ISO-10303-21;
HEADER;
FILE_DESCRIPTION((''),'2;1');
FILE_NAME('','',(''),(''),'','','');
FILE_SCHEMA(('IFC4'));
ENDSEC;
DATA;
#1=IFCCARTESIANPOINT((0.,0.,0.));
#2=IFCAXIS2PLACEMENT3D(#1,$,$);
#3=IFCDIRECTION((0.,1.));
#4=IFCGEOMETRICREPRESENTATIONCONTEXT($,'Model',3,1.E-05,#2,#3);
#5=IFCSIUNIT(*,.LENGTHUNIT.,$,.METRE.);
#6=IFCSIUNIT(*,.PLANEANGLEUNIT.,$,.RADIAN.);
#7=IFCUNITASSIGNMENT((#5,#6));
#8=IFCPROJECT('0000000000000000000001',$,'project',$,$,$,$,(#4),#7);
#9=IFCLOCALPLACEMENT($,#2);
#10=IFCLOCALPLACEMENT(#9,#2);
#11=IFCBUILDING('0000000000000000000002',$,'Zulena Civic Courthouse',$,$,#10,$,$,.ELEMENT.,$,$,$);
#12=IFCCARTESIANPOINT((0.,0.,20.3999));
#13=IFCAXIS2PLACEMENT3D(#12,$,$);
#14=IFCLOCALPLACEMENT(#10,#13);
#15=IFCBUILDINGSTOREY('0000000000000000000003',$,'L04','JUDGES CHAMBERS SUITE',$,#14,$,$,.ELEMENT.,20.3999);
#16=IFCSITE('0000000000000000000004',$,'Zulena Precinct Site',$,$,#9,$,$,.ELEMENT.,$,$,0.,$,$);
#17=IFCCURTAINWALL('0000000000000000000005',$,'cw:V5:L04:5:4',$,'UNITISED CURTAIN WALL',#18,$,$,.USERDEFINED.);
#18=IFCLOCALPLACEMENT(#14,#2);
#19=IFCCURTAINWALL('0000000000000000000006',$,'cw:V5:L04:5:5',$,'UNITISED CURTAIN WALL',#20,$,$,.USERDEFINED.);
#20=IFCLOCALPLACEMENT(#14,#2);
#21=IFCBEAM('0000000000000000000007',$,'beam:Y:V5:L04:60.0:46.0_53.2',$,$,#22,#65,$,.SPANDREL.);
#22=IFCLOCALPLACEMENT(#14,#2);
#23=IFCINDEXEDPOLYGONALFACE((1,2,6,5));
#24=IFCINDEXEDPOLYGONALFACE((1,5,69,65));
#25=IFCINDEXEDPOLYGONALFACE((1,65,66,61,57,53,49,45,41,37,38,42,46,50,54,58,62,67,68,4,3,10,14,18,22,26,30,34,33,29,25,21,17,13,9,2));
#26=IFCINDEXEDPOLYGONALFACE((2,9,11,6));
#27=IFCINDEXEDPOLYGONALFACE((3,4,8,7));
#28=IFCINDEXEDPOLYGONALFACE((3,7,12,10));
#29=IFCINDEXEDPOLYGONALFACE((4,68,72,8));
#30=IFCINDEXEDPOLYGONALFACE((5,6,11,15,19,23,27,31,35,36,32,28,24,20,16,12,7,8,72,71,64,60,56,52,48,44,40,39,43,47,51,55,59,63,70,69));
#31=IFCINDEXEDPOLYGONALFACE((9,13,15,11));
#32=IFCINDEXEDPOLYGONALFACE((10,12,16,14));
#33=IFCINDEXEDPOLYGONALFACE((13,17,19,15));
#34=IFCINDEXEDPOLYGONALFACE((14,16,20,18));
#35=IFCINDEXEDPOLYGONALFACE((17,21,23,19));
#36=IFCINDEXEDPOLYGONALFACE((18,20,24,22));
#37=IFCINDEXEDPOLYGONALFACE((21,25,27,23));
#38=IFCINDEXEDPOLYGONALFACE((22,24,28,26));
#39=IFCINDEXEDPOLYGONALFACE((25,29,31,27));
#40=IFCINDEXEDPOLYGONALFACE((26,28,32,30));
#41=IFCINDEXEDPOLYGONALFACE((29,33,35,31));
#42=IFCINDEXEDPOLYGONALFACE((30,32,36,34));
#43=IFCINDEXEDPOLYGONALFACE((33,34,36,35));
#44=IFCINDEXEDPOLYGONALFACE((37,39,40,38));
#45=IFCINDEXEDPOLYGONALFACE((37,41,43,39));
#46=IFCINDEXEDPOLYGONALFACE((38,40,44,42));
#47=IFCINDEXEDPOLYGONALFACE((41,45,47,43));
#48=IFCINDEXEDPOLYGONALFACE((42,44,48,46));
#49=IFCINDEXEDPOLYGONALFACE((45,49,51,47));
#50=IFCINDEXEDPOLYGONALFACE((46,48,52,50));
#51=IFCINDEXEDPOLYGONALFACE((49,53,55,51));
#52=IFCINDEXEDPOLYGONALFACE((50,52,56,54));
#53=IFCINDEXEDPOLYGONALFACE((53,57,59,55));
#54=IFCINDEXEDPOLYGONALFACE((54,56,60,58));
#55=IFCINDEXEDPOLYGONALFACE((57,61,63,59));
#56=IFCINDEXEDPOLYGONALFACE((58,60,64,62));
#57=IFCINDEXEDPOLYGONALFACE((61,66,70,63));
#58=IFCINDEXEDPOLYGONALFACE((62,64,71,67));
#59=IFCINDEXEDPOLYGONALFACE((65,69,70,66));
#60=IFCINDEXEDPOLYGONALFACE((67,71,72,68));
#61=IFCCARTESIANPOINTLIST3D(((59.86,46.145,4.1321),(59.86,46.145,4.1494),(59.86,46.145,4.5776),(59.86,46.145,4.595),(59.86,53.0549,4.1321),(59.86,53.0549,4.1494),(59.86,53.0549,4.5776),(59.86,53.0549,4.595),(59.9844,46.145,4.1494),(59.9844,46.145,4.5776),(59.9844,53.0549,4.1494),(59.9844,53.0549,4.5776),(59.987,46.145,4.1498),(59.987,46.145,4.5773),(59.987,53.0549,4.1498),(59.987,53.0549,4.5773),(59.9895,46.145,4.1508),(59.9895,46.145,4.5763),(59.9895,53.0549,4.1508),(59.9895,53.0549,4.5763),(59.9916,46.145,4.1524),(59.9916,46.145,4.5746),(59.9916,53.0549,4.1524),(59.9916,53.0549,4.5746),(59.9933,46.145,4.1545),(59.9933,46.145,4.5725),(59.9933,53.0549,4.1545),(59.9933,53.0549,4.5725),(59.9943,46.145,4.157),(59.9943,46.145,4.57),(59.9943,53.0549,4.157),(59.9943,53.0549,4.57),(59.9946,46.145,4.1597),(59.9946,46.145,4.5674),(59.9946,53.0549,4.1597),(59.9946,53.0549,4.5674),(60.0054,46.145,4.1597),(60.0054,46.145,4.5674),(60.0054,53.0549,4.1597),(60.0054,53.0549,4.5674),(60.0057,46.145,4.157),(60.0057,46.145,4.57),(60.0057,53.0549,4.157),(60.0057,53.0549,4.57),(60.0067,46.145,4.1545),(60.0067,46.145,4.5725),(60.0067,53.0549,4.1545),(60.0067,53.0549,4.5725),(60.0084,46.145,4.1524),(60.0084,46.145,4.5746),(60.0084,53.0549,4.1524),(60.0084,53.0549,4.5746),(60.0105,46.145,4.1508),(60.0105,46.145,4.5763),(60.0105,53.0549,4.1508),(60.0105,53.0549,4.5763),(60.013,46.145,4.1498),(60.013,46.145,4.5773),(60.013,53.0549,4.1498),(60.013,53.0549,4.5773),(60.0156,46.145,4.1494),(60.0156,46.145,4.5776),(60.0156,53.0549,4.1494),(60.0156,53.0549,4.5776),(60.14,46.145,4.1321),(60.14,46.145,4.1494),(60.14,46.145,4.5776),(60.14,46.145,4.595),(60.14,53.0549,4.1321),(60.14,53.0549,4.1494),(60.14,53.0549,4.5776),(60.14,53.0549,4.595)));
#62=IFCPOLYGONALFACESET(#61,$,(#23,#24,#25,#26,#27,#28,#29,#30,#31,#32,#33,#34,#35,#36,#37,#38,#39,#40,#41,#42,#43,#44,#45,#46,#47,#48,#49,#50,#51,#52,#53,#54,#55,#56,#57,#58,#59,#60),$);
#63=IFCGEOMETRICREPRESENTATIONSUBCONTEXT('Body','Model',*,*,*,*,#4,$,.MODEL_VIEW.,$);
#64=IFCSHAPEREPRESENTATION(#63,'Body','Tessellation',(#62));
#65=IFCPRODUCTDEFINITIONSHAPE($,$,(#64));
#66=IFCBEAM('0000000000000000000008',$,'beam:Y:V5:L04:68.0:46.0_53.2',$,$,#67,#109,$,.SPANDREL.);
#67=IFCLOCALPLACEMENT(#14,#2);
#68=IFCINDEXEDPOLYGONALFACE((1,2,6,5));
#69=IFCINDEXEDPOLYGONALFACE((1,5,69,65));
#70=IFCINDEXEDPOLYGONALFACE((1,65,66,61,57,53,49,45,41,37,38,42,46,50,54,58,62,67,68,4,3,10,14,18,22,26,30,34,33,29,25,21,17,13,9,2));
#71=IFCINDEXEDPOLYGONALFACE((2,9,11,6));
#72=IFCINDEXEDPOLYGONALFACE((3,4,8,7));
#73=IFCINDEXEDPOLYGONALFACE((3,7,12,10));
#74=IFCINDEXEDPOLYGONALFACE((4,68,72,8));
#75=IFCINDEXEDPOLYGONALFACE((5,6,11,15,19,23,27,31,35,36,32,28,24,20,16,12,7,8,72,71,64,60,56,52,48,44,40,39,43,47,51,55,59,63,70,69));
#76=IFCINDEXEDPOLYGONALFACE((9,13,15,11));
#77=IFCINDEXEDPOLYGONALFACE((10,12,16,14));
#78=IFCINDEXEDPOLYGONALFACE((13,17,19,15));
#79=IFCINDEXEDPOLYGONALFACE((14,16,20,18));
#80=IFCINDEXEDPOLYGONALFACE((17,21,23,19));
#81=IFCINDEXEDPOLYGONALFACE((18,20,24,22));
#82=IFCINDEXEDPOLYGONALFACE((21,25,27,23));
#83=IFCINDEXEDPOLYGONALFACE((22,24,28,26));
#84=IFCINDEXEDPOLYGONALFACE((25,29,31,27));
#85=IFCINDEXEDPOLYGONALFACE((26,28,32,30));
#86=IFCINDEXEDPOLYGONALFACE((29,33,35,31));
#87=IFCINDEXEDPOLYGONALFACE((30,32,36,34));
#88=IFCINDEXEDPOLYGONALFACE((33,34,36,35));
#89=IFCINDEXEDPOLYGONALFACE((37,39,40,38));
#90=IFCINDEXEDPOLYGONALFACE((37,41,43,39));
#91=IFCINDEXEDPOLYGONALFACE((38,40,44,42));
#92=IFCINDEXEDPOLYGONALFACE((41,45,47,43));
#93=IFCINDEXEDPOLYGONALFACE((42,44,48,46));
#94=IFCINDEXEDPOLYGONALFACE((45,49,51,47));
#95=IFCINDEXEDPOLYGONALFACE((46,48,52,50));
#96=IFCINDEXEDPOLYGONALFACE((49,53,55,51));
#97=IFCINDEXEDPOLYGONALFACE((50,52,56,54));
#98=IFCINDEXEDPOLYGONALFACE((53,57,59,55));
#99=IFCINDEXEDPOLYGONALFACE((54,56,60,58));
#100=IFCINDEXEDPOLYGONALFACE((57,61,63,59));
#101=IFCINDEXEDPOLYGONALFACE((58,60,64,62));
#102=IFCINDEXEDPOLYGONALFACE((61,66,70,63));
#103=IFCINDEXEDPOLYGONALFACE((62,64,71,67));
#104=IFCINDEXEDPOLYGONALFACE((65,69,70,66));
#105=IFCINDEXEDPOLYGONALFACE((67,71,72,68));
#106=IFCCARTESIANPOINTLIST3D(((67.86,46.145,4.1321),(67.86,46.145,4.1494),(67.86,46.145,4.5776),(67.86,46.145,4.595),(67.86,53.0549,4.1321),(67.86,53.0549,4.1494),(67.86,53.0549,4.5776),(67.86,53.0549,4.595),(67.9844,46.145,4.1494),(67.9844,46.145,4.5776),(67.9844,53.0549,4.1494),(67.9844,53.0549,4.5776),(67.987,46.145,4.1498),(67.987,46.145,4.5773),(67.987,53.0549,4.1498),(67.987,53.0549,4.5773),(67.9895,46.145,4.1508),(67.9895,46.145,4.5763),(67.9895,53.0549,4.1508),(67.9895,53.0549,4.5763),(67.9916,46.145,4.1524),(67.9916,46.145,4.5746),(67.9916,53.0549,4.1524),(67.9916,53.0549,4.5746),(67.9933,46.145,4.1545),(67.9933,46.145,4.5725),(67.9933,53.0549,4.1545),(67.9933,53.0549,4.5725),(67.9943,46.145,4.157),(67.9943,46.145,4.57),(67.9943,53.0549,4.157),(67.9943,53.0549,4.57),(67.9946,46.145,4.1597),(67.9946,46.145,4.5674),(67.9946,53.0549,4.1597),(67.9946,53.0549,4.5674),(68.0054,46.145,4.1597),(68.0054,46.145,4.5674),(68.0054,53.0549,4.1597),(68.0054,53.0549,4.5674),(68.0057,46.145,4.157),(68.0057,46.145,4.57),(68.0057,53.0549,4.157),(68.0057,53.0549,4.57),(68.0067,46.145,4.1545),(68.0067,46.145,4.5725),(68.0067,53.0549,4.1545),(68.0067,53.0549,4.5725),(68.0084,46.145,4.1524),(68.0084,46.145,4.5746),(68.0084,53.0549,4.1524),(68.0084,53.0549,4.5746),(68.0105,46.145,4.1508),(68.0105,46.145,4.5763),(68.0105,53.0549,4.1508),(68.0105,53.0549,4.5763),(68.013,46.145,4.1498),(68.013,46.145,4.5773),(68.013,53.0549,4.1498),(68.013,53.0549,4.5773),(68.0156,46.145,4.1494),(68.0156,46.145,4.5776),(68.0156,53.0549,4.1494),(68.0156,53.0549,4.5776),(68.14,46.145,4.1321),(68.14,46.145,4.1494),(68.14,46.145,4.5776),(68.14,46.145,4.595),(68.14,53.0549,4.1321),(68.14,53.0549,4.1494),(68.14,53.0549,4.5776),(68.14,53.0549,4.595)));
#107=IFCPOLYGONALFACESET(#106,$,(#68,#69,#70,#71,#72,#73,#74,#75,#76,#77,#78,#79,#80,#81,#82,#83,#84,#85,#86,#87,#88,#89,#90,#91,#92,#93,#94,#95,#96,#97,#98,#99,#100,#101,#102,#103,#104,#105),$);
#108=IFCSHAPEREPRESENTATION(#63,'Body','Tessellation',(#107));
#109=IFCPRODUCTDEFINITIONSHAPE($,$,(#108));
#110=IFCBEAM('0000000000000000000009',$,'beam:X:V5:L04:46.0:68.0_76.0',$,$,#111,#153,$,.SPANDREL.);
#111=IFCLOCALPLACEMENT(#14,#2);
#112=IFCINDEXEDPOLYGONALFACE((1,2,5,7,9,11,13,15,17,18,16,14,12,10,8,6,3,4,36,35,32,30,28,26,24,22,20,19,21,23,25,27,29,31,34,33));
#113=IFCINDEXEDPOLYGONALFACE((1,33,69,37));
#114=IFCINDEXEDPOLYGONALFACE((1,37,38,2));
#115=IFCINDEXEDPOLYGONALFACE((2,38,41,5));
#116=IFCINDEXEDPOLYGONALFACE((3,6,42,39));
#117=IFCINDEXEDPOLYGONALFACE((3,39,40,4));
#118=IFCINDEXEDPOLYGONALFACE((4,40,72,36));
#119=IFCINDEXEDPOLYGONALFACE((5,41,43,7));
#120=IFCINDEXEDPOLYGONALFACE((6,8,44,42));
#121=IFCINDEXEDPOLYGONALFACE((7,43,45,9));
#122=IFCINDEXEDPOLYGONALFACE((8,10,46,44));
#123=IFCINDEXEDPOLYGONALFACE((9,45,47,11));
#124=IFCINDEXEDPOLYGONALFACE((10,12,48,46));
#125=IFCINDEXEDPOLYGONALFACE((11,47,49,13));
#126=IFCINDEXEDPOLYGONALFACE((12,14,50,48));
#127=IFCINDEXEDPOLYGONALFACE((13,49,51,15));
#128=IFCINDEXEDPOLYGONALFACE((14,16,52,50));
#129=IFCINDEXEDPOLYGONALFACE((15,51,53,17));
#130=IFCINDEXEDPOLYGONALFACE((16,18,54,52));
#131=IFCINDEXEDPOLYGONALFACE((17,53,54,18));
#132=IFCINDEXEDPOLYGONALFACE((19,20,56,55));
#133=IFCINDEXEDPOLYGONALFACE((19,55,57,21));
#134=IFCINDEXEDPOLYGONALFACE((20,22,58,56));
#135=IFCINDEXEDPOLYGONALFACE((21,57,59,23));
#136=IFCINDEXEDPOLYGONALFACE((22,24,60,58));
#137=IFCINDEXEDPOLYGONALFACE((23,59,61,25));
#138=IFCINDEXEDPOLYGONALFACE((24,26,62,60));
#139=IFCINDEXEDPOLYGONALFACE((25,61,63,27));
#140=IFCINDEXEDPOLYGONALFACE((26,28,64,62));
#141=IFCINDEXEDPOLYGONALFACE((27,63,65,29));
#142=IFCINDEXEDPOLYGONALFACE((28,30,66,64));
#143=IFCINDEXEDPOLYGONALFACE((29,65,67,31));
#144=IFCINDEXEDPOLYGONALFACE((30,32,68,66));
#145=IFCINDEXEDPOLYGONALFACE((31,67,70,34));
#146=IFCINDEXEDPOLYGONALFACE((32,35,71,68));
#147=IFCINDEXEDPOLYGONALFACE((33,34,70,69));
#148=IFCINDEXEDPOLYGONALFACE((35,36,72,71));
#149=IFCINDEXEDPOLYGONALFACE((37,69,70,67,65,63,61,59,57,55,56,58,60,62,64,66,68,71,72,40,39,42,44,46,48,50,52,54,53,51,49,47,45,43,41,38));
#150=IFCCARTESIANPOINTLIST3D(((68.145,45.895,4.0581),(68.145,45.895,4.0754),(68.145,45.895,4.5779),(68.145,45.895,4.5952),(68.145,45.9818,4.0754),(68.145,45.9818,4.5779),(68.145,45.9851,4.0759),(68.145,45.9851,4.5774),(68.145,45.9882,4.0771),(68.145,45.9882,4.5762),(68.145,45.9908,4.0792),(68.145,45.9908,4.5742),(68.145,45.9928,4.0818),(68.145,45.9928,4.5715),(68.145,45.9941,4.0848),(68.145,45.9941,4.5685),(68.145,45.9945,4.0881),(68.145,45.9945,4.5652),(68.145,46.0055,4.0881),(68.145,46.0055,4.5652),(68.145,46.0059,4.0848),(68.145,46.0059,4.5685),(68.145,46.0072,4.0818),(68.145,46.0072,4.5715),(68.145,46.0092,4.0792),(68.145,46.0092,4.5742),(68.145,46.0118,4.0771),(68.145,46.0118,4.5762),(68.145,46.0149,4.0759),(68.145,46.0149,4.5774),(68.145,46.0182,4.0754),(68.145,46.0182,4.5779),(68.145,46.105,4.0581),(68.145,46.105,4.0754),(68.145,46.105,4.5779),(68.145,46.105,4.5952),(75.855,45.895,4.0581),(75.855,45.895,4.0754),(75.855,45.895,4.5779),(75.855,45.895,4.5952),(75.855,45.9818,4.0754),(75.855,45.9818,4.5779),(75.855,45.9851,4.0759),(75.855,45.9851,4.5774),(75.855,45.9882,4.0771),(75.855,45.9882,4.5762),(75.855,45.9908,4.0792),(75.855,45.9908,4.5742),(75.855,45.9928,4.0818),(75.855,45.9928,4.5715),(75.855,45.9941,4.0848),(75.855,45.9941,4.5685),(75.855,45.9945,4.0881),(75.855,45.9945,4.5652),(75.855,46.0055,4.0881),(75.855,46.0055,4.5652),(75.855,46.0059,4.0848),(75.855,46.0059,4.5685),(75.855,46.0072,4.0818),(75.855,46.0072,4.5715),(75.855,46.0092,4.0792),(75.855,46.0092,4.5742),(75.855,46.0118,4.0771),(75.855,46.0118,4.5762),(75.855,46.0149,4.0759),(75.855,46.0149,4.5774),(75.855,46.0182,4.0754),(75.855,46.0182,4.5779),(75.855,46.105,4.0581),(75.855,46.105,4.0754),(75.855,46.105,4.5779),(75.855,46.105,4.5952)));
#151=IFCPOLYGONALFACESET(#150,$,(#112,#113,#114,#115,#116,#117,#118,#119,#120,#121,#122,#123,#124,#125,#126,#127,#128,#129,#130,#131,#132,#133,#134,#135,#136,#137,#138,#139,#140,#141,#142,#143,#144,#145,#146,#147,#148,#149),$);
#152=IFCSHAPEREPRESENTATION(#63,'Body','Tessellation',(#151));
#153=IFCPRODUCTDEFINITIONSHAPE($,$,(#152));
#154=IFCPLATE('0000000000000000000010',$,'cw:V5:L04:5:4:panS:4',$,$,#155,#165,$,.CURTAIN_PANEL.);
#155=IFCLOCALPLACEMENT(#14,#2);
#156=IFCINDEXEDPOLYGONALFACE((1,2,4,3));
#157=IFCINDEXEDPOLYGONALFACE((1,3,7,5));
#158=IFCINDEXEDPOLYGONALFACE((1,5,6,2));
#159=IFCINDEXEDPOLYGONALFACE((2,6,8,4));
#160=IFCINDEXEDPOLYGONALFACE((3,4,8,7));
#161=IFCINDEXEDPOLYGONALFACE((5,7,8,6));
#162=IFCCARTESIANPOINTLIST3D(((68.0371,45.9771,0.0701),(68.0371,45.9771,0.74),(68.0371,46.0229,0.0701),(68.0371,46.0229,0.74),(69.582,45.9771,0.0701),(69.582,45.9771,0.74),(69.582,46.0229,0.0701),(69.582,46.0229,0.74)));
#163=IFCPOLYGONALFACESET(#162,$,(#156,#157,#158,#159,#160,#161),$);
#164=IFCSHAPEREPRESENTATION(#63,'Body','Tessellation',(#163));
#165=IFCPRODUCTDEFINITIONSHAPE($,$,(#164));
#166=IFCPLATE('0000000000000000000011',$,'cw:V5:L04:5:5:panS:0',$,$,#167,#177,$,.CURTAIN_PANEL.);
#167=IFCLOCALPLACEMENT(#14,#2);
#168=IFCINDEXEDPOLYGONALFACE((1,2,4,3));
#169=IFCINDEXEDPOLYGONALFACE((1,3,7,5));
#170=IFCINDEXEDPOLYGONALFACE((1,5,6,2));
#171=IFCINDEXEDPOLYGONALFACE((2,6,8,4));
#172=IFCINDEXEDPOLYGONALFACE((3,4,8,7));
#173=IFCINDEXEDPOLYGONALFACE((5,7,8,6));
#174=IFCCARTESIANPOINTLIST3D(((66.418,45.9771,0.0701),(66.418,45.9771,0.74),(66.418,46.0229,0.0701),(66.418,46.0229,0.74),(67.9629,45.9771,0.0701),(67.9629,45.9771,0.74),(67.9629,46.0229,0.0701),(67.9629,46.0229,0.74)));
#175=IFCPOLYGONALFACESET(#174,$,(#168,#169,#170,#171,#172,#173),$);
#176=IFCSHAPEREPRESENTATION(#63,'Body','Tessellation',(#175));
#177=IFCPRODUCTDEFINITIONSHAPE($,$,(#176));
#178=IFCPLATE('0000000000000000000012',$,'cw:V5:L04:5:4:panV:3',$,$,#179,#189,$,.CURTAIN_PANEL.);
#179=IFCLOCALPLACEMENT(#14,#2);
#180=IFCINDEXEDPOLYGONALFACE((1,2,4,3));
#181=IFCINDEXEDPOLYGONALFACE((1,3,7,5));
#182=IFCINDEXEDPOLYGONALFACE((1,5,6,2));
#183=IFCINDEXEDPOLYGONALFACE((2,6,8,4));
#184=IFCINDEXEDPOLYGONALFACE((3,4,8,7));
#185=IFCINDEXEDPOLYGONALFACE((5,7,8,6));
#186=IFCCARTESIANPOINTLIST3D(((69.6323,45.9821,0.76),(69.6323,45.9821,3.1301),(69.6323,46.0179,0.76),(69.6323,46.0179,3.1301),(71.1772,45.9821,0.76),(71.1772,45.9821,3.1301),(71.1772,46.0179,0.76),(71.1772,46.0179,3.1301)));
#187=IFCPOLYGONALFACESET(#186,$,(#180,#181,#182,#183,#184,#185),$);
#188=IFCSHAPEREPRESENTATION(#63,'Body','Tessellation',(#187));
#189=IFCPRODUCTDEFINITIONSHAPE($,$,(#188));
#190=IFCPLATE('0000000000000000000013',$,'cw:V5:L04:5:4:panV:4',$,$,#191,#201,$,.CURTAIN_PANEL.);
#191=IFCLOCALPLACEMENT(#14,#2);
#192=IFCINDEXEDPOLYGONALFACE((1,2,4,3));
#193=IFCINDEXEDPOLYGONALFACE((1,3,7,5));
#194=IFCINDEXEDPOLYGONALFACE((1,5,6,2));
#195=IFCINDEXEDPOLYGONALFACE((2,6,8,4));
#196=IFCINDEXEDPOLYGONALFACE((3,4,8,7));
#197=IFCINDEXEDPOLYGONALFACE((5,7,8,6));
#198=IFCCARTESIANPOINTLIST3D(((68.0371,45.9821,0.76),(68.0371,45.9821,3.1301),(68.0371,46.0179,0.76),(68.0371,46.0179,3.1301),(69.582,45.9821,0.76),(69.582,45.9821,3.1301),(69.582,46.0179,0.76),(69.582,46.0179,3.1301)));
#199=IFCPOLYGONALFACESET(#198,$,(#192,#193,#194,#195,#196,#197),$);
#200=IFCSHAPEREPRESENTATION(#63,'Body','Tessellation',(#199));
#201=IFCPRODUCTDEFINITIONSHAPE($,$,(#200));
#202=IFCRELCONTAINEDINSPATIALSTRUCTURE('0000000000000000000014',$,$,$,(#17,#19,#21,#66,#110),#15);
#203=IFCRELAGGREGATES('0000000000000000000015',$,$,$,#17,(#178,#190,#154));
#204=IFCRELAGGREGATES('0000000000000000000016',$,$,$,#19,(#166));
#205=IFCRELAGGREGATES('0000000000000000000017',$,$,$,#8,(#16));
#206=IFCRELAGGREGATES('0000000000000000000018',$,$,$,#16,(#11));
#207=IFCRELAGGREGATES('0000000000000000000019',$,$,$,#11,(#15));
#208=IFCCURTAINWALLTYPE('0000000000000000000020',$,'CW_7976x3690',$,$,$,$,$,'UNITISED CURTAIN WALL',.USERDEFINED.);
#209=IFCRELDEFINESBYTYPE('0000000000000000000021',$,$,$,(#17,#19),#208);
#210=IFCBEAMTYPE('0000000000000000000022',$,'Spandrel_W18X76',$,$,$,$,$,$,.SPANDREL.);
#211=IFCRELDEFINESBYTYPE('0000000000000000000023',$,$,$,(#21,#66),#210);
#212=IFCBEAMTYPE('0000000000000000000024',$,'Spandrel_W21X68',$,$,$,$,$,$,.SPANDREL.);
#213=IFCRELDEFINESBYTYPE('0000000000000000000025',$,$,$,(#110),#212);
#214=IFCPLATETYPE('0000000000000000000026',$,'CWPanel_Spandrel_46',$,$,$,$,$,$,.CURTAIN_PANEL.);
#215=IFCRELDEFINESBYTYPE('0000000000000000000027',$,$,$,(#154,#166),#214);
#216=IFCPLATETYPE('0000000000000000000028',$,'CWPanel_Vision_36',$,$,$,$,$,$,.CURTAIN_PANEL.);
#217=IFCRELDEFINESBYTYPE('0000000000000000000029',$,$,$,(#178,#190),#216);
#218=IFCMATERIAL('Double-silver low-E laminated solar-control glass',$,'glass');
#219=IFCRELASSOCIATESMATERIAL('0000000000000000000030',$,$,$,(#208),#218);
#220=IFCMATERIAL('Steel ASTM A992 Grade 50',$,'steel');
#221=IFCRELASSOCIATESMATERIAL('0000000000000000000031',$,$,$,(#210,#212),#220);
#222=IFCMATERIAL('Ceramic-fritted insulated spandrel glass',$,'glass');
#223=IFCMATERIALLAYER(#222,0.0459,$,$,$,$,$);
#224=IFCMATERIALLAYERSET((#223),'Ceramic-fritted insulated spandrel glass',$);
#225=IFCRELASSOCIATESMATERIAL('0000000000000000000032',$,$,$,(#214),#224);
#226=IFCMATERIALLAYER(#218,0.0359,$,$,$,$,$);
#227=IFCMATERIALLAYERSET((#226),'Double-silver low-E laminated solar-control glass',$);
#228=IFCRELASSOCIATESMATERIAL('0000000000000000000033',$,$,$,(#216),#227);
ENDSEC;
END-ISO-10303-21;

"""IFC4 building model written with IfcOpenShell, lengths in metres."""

from ifc_helpers import new_model, si_unit, direction, frame, origin, origin_2d, place, context, subcontext, project, spatial, rectangle, i_section, extrude, material, layer, layer_set, material_profile, profile_set, type_object, element, aggregate, save


model = new_model("IFC4")

# Units and contexts
model_context = context("Model", 3, precision=1e-05, world=origin(), true_north=direction((0.0, 1.0)))
body_context = subcontext(model_context, "Body", "Model", "MODEL_VIEW")
ifc_project = project(units=[si_unit("LENGTHUNIT", "METRE"), si_unit("PLANEANGLEUNIT", "RADIAN")], contexts=[model_context])

# Site, building, storey
site_placement = place(None, origin())
site = spatial("IfcSite", under=ifc_project, at=site_placement, Name="Zulena Precinct Site", CompositionType="ELEMENT", RefElevation=0.0)
building_placement = place(site_placement, origin())
building = spatial("IfcBuilding", under=site, at=building_placement, Name="Zulena Civic Courthouse", CompositionType="ELEMENT")
storey_placement = place(building_placement, frame((0.0, 0.0, 20.3999)))
storey = spatial("IfcBuildingStorey", under=building, at=storey_placement, Name="L04", Description="JUDGES CHAMBERS SUITE", CompositionType="ELEMENT", Elevation=20.3999)

# Shared definitions
ifc_material_1 = material(Name="Steel ASTM A992 Grade 50", Category="steel")

# Curtain walls
ifc_material_2 = material(Name="Double-silver low-E laminated solar-control glass", Category="glass")
curtain_wall_type = type_object("IfcCurtainWallType", Name="CW_7976x3690", ElementType="UNITISED CURTAIN WALL", PredefinedType="USERDEFINED", material=ifc_material_2)
curtain_wall_1_placement = place(storey_placement, origin())
curtain_wall_1 = element("IfcCurtainWall", 1, at=curtain_wall_1_placement, inside=storey, type_object=curtain_wall_type, Name="cw:V5:L04:5:4", ObjectType="UNITISED CURTAIN WALL", PredefinedType="USERDEFINED")
curtain_wall_2_placement = place(storey_placement, origin())
curtain_wall_2 = element("IfcCurtainWall", 2, at=curtain_wall_2_placement, inside=storey, type_object=curtain_wall_type, Name="cw:V5:L04:5:5", ObjectType="UNITISED CURTAIN WALL", PredefinedType="USERDEFINED")

# Beams
ifc_material_profile_1 = material_profile(ifc_material_1, i_section(OverallWidth=0.28, OverallDepth=0.4629, WebThickness=0.0107, FlangeThickness=0.0173, FilletRadius=0.0103, at=origin_2d()), Name="W18X76")
ifc_profile_set_1 = profile_set([ifc_material_profile_1], Name="Steel ASTM A992 Grade 50")
beam_type_1 = type_object("IfcBeamType", Name="Spandrel_W18X76", PredefinedType="SPANDREL", material=ifc_profile_set_1)
for number, where, z_axis, x_axis, name in (
    (3, (60.0, 46.145, 4.3635), (0.0, 1.0, 0.0), (-1.0, 0.0, 0.0), "beam:Y:V5:L04:60.0:46.0_53.2"),
    (4, (68.0, 46.145, 4.3635), (0.0, 1.0, 0.0), (-1.0, 0.0, 0.0), "beam:Y:V5:L04:68.0:46.0_53.2"),
):
    element("IfcBeam", number, at=place(storey_placement, frame(where, z_axis=z_axis, x_axis=x_axis)), inside=storey, type_object=beam_type_1, Name=name, PredefinedType="SPANDREL", context=body_context, shape_type="SweptSolid", body=[
        extrude(i_section(OverallWidth=0.28, OverallDepth=0.4629, WebThickness=0.0107, FlangeThickness=0.0173, FilletRadius=0.0103, at=origin_2d()), origin(), (0.0, 0.0, 1.0), 6.9099),
    ])
ifc_material_profile_2 = material_profile(ifc_material_1, i_section(OverallWidth=0.21, OverallDepth=0.5371, WebThickness=0.011, FlangeThickness=0.0173, FilletRadius=0.0127, at=origin_2d()), Name="W21X68")
ifc_profile_set_2 = profile_set([ifc_material_profile_2], Name="Steel ASTM A992 Grade 50")
beam_type_2 = type_object("IfcBeamType", Name="Spandrel_W21X68", PredefinedType="SPANDREL", material=ifc_profile_set_2)
beam_1_placement = place(storey_placement, frame((68.145, 46.0, 4.3267), z_axis=(1.0, 0.0, 0.0), x_axis=(0.0, 1.0, 0.0)))
element("IfcBeam", 5, at=beam_1_placement, inside=storey, type_object=beam_type_2, Name="beam:X:V5:L04:46.0:68.0_76.0", PredefinedType="SPANDREL", context=body_context, shape_type="SweptSolid", body=[
    extrude(i_section(OverallWidth=0.21, OverallDepth=0.5371, WebThickness=0.011, FlangeThickness=0.0173, FilletRadius=0.0127, at=origin_2d()), origin(), (0.0, 0.0, 1.0), 7.71),
])

# Plates
ifc_material_3 = material(Name="Ceramic-fritted insulated spandrel glass", Category="glass")
ifc_layer_1 = layer(ifc_material_3, 0.0459)
ifc_layer_set_1 = layer_set([ifc_layer_1], Name="Ceramic-fritted insulated spandrel glass")
plate_type_1 = type_object("IfcPlateType", Name="CWPanel_Spandrel_46", PredefinedType="CURTAIN_PANEL", material=ifc_layer_set_1)
plate_1_placement = place(storey_placement, frame((68.8096, 46.0, 0.0701), z_axis=(0.0, 0.0, 1.0), x_axis=(-1.0, 0.0, 0.0)))
plate_1 = element("IfcPlate", 6, at=plate_1_placement, type_object=plate_type_1, Name="cw:V5:L04:5:4:panS:4", PredefinedType="CURTAIN_PANEL", context=body_context, shape_type="SweptSolid", body=[
    extrude(rectangle(XDim=1.5449, YDim=0.0459, at=origin_2d()), origin(), (0.0, 0.0, 1.0), 0.6699),
])
plate_2_placement = place(storey_placement, frame((67.1904, 46.0, 0.0701), z_axis=(0.0, 0.0, 1.0), x_axis=(-1.0, 0.0, 0.0)))
plate_2 = element("IfcPlate", 7, at=plate_2_placement, type_object=plate_type_1, Name="cw:V5:L04:5:5:panS:0", PredefinedType="CURTAIN_PANEL", context=body_context, shape_type="SweptSolid", body=[
    extrude(rectangle(XDim=1.5449, YDim=0.0459, at=origin_2d()), origin(), (0.0, 0.0, 1.0), 0.6699),
])
ifc_layer_2 = layer(ifc_material_2, 0.0359)
ifc_layer_set_2 = layer_set([ifc_layer_2], Name="Double-silver low-E laminated solar-control glass")
plate_type_2 = type_object("IfcPlateType", Name="CWPanel_Vision_36", PredefinedType="CURTAIN_PANEL", material=ifc_layer_set_2)
plate_3_placement = place(storey_placement, frame((70.4048, 46.0, 0.76), z_axis=(0.0, 0.0, 1.0), x_axis=(-1.0, 0.0, 0.0)))
plate_3 = element("IfcPlate", 8, at=plate_3_placement, type_object=plate_type_2, Name="cw:V5:L04:5:4:panV:3", PredefinedType="CURTAIN_PANEL", context=body_context, shape_type="SweptSolid", body=[
    extrude(rectangle(XDim=1.5449, YDim=0.0359, at=origin_2d()), origin(), (0.0, 0.0, 1.0), 2.3701),
])
plate_4_placement = place(storey_placement, frame((68.8096, 46.0, 0.76), z_axis=(0.0, 0.0, 1.0), x_axis=(-1.0, 0.0, 0.0)))
plate_4 = element("IfcPlate", 9, at=plate_4_placement, type_object=plate_type_2, Name="cw:V5:L04:5:4:panV:4", PredefinedType="CURTAIN_PANEL", context=body_context, shape_type="SweptSolid", body=[
    extrude(rectangle(XDim=1.5449, YDim=0.0359, at=origin_2d()), origin(), (0.0, 0.0, 1.0), 2.3701),
])
aggregate(curtain_wall_1, [plate_3, plate_4, plate_1])
aggregate(curtain_wall_2, [plate_2])

save(model, "model.ifc")
